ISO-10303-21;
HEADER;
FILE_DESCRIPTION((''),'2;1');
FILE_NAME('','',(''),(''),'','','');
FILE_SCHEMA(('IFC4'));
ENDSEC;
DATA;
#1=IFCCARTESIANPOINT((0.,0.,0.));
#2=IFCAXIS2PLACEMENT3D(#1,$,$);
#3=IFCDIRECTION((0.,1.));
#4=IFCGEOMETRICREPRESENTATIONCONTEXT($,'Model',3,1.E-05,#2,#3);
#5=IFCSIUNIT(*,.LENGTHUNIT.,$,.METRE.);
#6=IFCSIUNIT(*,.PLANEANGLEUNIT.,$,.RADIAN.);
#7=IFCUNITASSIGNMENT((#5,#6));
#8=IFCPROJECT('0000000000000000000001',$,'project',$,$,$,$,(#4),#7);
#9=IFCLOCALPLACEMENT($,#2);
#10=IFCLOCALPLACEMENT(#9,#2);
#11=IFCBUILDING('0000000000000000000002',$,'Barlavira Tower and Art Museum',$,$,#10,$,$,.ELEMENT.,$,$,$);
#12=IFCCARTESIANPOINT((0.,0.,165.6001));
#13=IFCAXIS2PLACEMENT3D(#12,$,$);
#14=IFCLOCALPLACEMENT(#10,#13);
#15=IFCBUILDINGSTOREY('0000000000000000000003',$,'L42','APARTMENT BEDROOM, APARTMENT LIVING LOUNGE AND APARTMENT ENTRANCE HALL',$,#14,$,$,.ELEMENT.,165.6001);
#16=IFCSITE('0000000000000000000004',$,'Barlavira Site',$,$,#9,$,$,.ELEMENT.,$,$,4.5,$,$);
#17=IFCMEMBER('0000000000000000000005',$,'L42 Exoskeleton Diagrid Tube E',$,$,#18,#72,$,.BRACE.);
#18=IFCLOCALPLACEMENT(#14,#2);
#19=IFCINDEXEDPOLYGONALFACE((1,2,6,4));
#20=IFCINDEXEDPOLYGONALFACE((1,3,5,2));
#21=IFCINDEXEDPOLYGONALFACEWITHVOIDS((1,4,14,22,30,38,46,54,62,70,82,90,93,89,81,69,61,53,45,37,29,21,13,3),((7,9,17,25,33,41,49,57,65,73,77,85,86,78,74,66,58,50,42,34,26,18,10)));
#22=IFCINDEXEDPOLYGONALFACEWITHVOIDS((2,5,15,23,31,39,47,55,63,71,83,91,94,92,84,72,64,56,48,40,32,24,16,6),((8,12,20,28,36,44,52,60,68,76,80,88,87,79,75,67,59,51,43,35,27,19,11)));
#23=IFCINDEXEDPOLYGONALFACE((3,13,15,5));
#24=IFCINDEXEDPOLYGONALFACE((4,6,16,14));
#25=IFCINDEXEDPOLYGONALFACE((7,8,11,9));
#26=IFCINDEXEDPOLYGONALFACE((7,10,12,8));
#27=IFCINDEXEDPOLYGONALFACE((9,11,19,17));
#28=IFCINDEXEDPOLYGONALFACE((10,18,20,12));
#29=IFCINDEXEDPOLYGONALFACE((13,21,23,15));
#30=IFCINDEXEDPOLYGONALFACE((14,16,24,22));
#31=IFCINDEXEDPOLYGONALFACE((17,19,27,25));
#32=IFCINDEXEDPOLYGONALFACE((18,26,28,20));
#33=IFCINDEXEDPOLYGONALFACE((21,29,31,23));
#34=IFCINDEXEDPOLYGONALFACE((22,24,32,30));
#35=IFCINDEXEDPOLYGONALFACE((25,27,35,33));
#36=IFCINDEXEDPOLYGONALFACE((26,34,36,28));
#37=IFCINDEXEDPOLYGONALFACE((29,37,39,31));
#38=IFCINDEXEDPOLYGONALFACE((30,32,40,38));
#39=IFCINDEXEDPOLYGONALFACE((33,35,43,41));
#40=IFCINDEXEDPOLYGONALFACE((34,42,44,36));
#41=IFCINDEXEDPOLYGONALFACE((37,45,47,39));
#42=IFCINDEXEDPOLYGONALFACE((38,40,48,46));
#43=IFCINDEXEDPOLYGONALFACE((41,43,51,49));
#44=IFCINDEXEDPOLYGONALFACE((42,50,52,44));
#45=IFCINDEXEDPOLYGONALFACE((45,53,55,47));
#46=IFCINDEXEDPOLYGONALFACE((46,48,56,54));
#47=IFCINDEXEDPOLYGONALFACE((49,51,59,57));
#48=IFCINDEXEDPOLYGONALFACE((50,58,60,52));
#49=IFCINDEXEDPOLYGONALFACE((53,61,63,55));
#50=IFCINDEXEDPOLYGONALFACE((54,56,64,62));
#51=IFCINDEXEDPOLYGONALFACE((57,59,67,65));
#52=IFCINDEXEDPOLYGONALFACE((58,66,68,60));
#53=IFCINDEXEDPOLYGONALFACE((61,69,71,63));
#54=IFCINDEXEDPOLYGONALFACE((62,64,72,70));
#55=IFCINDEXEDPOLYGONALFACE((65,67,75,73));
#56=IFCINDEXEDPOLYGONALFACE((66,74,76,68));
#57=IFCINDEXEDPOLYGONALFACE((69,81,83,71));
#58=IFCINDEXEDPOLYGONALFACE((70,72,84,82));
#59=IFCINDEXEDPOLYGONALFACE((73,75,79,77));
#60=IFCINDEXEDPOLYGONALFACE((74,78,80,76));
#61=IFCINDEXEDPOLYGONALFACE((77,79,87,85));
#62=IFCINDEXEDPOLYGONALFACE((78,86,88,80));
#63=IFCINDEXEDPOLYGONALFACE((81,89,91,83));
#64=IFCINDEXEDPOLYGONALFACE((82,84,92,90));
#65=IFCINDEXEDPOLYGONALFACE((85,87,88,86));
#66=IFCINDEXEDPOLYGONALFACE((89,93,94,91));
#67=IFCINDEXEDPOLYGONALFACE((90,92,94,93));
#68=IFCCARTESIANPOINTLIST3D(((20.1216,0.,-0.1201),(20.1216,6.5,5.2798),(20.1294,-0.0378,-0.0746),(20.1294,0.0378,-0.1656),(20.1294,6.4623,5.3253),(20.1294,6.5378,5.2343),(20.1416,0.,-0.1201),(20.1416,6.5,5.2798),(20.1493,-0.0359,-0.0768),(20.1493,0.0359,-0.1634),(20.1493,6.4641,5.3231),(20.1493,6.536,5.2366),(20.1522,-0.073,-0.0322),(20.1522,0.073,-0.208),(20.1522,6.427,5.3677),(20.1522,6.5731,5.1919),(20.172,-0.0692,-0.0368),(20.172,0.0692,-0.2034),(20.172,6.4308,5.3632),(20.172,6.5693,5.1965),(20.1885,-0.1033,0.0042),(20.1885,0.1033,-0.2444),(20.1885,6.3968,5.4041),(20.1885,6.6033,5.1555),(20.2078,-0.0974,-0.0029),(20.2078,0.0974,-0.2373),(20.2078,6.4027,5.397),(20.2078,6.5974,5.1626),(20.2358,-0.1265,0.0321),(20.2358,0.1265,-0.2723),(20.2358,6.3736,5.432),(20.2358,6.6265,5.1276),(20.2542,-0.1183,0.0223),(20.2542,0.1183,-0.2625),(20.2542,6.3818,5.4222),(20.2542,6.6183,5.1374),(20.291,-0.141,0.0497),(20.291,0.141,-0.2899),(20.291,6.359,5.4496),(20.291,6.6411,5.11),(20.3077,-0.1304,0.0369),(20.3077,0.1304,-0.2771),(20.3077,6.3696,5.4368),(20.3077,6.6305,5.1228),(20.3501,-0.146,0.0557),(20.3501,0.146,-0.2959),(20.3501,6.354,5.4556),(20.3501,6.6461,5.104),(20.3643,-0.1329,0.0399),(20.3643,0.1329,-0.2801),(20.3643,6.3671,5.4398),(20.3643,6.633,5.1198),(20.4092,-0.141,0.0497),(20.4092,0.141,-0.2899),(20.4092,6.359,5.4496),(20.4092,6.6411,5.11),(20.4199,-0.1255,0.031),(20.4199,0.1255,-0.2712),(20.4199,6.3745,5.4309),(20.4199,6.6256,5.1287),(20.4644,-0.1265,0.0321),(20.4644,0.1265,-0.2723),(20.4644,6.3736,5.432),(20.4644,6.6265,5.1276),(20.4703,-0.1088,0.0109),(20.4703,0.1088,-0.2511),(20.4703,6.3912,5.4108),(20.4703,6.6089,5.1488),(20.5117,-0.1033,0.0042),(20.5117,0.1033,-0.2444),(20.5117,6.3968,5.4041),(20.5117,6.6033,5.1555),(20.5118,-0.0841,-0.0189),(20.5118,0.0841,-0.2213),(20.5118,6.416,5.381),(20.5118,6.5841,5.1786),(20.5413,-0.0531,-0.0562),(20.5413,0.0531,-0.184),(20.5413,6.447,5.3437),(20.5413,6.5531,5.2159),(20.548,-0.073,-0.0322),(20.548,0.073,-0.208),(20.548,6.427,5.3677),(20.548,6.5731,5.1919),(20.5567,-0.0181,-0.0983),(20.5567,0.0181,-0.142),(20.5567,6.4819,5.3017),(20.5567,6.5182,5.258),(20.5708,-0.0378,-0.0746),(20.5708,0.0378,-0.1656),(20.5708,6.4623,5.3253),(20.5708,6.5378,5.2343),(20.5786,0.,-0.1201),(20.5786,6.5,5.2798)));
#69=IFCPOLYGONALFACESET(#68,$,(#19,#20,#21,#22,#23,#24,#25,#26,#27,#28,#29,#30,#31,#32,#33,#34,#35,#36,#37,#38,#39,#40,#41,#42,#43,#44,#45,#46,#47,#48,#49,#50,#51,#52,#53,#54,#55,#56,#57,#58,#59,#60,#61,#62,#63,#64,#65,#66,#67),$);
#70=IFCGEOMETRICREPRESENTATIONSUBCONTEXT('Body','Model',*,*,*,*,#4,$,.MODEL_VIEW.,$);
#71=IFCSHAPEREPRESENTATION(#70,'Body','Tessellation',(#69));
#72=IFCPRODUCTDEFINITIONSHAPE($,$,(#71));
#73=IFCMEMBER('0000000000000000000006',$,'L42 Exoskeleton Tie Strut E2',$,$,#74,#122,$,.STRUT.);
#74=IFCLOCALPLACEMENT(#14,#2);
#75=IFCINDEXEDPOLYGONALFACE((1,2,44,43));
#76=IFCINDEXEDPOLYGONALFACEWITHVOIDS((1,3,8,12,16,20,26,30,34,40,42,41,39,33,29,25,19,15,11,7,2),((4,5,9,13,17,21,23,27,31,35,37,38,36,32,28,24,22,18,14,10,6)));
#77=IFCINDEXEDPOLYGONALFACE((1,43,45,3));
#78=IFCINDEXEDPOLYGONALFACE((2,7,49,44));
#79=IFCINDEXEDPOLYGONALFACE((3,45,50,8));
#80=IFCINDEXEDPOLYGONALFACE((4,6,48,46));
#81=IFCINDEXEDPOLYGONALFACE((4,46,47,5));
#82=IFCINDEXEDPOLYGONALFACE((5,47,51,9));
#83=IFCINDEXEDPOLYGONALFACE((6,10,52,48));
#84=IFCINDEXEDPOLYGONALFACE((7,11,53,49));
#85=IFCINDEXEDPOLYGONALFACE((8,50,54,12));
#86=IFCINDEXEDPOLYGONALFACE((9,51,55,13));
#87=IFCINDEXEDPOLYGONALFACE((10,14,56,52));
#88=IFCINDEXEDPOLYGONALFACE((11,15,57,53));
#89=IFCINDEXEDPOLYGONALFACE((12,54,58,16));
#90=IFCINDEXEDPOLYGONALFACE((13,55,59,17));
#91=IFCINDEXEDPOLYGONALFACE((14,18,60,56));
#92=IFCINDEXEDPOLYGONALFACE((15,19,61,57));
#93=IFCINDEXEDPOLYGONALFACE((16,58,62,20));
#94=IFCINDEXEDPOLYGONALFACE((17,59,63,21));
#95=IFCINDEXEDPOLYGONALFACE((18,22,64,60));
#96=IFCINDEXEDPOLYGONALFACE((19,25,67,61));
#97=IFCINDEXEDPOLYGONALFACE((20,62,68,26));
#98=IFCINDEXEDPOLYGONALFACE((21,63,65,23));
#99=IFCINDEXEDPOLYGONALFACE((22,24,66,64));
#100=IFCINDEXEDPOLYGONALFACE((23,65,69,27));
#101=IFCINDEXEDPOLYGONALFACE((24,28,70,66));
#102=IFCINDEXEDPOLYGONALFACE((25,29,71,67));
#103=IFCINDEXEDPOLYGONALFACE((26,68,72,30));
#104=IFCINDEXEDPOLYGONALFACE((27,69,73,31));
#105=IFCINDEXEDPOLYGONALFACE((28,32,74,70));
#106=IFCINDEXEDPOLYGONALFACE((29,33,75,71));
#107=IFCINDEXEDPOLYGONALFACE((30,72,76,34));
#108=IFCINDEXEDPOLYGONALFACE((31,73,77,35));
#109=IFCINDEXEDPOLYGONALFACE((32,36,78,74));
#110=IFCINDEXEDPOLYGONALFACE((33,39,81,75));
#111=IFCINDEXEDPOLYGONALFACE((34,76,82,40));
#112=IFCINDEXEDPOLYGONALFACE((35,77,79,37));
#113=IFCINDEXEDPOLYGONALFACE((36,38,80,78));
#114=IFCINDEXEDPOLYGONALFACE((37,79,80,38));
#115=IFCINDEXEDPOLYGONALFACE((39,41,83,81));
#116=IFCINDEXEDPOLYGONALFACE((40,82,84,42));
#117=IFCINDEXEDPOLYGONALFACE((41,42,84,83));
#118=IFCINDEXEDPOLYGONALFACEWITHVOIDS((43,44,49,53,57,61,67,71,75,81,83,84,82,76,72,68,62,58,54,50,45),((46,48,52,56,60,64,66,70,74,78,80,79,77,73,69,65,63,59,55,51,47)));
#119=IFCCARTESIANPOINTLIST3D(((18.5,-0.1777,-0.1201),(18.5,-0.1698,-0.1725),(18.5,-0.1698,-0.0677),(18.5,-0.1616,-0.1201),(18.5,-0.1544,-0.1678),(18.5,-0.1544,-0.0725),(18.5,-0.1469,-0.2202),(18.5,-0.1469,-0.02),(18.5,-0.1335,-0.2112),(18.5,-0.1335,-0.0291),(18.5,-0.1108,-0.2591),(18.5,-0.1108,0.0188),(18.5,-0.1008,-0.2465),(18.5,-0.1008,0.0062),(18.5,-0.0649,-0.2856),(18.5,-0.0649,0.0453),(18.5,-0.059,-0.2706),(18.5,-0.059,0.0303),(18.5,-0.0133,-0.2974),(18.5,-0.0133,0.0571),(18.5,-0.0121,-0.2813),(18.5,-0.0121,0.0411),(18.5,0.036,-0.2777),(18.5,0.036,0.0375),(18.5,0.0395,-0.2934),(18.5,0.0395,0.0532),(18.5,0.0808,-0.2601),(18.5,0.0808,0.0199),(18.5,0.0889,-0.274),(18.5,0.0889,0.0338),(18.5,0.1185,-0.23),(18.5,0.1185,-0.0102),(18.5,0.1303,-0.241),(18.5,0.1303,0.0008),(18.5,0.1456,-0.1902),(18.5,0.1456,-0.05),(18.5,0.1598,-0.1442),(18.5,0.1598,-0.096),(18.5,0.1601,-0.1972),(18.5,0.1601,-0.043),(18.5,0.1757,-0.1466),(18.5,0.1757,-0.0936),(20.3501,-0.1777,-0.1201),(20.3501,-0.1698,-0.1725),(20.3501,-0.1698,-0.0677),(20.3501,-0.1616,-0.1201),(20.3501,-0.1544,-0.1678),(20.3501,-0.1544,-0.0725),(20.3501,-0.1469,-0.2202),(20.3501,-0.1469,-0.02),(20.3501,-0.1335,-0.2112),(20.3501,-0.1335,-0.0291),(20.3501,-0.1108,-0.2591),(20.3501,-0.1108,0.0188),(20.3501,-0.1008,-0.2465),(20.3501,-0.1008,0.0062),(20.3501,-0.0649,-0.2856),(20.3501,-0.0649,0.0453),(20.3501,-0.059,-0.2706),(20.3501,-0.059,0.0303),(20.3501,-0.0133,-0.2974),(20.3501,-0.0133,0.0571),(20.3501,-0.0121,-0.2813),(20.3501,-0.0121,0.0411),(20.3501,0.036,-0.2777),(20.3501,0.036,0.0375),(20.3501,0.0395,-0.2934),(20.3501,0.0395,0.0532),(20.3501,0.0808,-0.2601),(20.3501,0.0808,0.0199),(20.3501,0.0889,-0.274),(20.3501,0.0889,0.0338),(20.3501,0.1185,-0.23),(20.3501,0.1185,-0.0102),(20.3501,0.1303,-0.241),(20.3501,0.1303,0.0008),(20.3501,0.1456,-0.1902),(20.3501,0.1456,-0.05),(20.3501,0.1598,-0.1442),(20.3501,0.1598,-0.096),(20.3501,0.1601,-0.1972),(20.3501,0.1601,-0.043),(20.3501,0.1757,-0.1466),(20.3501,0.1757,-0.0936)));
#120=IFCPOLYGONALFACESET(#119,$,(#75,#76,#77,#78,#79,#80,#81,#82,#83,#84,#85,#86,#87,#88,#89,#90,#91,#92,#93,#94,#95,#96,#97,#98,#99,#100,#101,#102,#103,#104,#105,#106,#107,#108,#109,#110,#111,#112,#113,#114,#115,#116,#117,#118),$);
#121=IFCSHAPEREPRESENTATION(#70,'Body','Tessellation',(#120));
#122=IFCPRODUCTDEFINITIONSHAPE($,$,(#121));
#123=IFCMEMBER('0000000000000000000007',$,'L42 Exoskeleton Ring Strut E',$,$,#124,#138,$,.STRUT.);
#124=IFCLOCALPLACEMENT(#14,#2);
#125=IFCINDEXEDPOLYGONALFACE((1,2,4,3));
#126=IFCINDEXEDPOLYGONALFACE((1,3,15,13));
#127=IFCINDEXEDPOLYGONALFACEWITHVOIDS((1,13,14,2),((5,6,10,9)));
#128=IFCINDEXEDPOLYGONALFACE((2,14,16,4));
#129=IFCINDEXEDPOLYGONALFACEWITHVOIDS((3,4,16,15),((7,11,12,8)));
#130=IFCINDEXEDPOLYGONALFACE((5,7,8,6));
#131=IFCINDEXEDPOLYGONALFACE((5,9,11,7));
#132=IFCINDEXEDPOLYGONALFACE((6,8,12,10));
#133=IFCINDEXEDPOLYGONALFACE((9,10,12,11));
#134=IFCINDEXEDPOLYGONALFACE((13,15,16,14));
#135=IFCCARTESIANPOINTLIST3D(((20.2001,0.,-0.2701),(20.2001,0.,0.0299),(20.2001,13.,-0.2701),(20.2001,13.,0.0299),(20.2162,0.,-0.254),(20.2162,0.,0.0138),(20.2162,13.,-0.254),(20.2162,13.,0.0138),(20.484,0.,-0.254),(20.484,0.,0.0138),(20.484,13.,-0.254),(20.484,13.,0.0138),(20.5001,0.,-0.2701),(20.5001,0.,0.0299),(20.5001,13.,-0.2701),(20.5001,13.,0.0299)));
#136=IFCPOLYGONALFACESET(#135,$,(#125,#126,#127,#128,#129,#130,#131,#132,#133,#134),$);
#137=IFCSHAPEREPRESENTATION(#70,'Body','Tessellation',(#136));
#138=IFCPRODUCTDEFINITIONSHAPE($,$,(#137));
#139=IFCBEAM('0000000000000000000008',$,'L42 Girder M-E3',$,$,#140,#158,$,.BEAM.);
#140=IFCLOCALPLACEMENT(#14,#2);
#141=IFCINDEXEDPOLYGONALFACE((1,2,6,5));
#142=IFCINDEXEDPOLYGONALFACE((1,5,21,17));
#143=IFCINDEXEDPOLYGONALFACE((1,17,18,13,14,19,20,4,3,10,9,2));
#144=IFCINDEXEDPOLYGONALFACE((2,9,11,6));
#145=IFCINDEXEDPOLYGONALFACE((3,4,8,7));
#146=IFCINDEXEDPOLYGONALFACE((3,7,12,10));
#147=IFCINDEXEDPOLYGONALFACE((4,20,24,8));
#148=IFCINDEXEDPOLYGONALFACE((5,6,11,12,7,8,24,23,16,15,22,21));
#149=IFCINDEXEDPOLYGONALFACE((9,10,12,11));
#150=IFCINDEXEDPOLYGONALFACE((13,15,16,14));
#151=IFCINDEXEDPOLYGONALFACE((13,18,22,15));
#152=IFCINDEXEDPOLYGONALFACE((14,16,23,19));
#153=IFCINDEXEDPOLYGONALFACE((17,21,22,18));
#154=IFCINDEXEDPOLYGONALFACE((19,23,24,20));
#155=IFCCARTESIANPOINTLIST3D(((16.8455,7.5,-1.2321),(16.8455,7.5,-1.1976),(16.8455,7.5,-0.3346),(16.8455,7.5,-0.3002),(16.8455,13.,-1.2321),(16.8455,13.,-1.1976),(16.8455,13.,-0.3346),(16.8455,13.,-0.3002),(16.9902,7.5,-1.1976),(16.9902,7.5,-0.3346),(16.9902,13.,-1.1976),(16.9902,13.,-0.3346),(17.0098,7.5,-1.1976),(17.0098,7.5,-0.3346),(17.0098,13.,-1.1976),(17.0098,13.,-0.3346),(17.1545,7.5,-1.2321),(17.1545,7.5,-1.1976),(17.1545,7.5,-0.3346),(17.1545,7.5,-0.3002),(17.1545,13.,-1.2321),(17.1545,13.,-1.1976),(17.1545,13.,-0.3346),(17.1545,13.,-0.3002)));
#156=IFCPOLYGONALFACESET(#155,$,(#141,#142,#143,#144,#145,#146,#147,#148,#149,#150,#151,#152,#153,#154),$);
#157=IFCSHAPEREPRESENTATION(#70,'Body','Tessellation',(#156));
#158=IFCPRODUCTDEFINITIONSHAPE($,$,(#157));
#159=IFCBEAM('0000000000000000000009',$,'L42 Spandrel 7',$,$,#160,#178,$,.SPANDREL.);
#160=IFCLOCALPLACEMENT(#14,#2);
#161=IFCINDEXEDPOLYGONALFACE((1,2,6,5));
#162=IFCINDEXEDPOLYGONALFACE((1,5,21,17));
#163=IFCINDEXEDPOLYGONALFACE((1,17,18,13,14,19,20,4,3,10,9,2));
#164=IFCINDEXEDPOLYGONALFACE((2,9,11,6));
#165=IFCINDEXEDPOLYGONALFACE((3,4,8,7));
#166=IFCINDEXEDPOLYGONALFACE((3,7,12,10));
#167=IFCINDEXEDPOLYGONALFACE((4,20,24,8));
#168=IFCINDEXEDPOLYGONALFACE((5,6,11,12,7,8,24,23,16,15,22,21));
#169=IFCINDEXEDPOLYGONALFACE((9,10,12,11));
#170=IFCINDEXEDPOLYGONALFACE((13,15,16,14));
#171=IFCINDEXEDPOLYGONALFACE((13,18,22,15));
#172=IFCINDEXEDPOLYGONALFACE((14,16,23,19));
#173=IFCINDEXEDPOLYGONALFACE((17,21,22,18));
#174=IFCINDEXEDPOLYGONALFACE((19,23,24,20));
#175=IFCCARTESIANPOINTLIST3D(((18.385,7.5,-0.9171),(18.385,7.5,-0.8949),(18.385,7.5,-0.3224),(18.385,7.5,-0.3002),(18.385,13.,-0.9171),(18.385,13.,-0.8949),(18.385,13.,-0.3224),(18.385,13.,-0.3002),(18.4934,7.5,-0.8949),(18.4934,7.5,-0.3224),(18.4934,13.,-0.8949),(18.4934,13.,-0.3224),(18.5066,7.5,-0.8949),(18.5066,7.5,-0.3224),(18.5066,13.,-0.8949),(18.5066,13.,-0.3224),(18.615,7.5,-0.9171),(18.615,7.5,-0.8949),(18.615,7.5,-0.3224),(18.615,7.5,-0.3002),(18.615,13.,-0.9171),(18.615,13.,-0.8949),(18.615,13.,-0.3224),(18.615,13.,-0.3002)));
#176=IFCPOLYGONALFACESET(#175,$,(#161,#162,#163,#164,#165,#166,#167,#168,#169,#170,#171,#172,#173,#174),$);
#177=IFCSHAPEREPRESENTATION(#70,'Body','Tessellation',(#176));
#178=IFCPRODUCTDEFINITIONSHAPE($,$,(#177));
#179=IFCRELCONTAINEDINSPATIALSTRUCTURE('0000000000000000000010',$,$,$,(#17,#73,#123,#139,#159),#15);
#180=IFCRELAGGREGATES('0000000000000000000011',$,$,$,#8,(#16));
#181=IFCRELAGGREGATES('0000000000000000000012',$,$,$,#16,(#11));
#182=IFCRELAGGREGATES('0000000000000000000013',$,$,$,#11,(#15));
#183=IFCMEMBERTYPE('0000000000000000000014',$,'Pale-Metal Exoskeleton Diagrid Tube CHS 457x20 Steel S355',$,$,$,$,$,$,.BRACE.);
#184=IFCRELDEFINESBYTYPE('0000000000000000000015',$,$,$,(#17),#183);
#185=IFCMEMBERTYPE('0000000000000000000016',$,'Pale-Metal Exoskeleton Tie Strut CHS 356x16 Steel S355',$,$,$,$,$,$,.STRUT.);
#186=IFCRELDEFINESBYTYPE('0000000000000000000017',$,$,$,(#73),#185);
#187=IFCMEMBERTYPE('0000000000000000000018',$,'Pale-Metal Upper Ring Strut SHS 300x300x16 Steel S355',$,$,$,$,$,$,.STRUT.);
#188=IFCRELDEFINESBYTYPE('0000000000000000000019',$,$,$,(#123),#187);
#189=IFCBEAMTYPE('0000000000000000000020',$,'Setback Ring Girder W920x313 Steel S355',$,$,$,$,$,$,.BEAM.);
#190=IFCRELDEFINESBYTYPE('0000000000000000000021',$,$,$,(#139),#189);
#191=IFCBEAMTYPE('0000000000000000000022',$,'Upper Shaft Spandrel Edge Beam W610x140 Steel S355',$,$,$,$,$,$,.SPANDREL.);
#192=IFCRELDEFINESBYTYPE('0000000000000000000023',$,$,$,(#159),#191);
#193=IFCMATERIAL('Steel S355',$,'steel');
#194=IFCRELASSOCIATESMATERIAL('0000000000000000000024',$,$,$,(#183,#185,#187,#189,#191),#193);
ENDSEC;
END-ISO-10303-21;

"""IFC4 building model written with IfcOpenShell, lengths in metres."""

from ifc_helpers import new_model, si_unit, direction, frame, origin, origin_2d, place, context, subcontext, project, spatial, hollow_rectangle, hollow_circle, i_section, extrude, material, material_profile, profile_set, type_object, element, save


model = new_model("IFC4")

# Units and contexts
model_context = context("Model", 3, precision=1e-05, world=origin(), true_north=direction((0.0, 1.0)))
body_context = subcontext(model_context, "Body", "Model", "MODEL_VIEW")
ifc_project = project(units=[si_unit("LENGTHUNIT", "METRE"), si_unit("PLANEANGLEUNIT", "RADIAN")], contexts=[model_context])

# Site, building, storey
site_placement = place(None, origin())
site = spatial("IfcSite", under=ifc_project, at=site_placement, Name="Barlavira Site", CompositionType="ELEMENT", RefElevation=4.5)
building_placement = place(site_placement, origin())
building = spatial("IfcBuilding", under=site, at=building_placement, Name="Barlavira Tower and Art Museum", CompositionType="ELEMENT")
storey_placement = place(building_placement, frame((0.0, 0.0, 165.6001)))
storey = spatial("IfcBuildingStorey", under=building, at=storey_placement, Name="L42", Description="APARTMENT BEDROOM, APARTMENT LIVING LOUNGE AND APARTMENT ENTRANCE HALL", CompositionType="ELEMENT", Elevation=165.6001)

# Members
ifc_material_1 = material(Name="Steel S355", Category="steel")
ifc_material_profile_1 = material_profile(ifc_material_1, hollow_circle(Radius=0.2285, WallThickness=0.02, at=origin_2d()), Name="CHS 457.0x20.0")
ifc_profile_set_1 = profile_set([ifc_material_profile_1], Name="Steel S355")
member_type_1 = type_object("IfcMemberType", Name="Pale-Metal Exoskeleton Diagrid Tube CHS 457x20 Steel S355", PredefinedType="BRACE", material=ifc_profile_set_1)
member_1_placement = place(storey_placement, frame((20.3501, 0.0, -0.1201), z_axis=(0.0, 0.769196, 0.639013), x_axis=(-1.0, 0.0, 0.0)))
element("IfcMember", 1, at=member_1_placement, inside=storey, type_object=member_type_1, Name="L42 Exoskeleton Diagrid Tube E", PredefinedType="BRACE", context=body_context, shape_type="SweptSolid", body=[
    extrude(hollow_circle(Radius=0.2285, WallThickness=0.02, at=origin_2d()), origin(), (0.0, 0.0, 1.0), 8.4504),
])
ifc_material_profile_2 = material_profile(ifc_material_1, hollow_circle(Radius=0.1777, WallThickness=0.0161, at=origin_2d()), Name="CHS 355.6x16.0")
ifc_profile_set_2 = profile_set([ifc_material_profile_2], Name="Steel S355")
member_type_2 = type_object("IfcMemberType", Name="Pale-Metal Exoskeleton Tie Strut CHS 356x16 Steel S355", PredefinedType="STRUT", material=ifc_profile_set_2)
member_2_placement = place(storey_placement, frame((20.3501, 0.0, -0.1201), z_axis=(-1.0, 0.0, 0.0), x_axis=(0.0, -1.0, 0.0)))
element("IfcMember", 2, at=member_2_placement, inside=storey, type_object=member_type_2, Name="L42 Exoskeleton Tie Strut E2", PredefinedType="STRUT", context=body_context, shape_type="SweptSolid", body=[
    extrude(hollow_circle(Radius=0.1777, WallThickness=0.0161, at=origin_2d()), origin(), (0.0, 0.0, 1.0), 1.8501),
])
ifc_material_profile_3 = material_profile(ifc_material_1, hollow_rectangle(XDim=0.3, YDim=0.3, WallThickness=0.0161, at=origin_2d()), Name="SHS 300x300x16.0")
ifc_profile_set_3 = profile_set([ifc_material_profile_3], Name="Steel S355")
member_type_3 = type_object("IfcMemberType", Name="Pale-Metal Upper Ring Strut SHS 300x300x16 Steel S355", PredefinedType="STRUT", material=ifc_profile_set_3)
member_3_placement = place(storey_placement, frame((20.3501, 0.0, -0.1201), z_axis=(0.0, 1.0, 0.0), x_axis=(-1.0, 0.0, 0.0)))
element("IfcMember", 3, at=member_3_placement, inside=storey, type_object=member_type_3, Name="L42 Exoskeleton Ring Strut E", PredefinedType="STRUT", context=body_context, shape_type="SweptSolid", body=[
    extrude(hollow_rectangle(XDim=0.3, YDim=0.3, WallThickness=0.0161, at=origin_2d()), origin(), (0.0, 0.0, 1.0), 13.0),
])

# Beams
ifc_material_profile_4 = material_profile(ifc_material_1, i_section(OverallWidth=0.3091, OverallDepth=0.9319, WebThickness=0.0195, FlangeThickness=0.0344, at=origin_2d()), Name="W920x313.0")
ifc_profile_set_4 = profile_set([ifc_material_profile_4], Name="Steel S355")
beam_type_1 = type_object("IfcBeamType", Name="Setback Ring Girder W920x313 Steel S355", PredefinedType="BEAM", material=ifc_profile_set_4)
beam_1_placement = place(storey_placement, frame((17.0, 7.5, -0.7661), z_axis=(0.0, 1.0, 0.0), x_axis=(-1.0, 0.0, 0.0)))
element("IfcBeam", 4, at=beam_1_placement, inside=storey, type_object=beam_type_1, Name="L42 Girder M-E3", PredefinedType="BEAM", context=body_context, shape_type="SweptSolid", body=[
    extrude(i_section(OverallWidth=0.3091, OverallDepth=0.9319, WebThickness=0.0195, FlangeThickness=0.0344, at=origin_2d()), origin(), (0.0, 0.0, 1.0), 5.5),
])
ifc_material_profile_5 = material_profile(ifc_material_1, i_section(OverallWidth=0.23, OverallDepth=0.6169, WebThickness=0.0132, FlangeThickness=0.0222, at=origin_2d()), Name="W610x140.0")
ifc_profile_set_5 = profile_set([ifc_material_profile_5], Name="Steel S355")
beam_type_2 = type_object("IfcBeamType", Name="Upper Shaft Spandrel Edge Beam W610x140 Steel S355", PredefinedType="SPANDREL", material=ifc_profile_set_5)
beam_2_placement = place(storey_placement, frame((18.5, 7.5, -0.6086), z_axis=(0.0, 1.0, 0.0), x_axis=(-1.0, 0.0, 0.0)))
element("IfcBeam", 5, at=beam_2_placement, inside=storey, type_object=beam_type_2, Name="L42 Spandrel 7", PredefinedType="SPANDREL", context=body_context, shape_type="SweptSolid", body=[
    extrude(i_section(OverallWidth=0.23, OverallDepth=0.6169, WebThickness=0.0132, FlangeThickness=0.0222, at=origin_2d()), origin(), (0.0, 0.0, 1.0), 5.5),
])

save(model, "model.ifc")
